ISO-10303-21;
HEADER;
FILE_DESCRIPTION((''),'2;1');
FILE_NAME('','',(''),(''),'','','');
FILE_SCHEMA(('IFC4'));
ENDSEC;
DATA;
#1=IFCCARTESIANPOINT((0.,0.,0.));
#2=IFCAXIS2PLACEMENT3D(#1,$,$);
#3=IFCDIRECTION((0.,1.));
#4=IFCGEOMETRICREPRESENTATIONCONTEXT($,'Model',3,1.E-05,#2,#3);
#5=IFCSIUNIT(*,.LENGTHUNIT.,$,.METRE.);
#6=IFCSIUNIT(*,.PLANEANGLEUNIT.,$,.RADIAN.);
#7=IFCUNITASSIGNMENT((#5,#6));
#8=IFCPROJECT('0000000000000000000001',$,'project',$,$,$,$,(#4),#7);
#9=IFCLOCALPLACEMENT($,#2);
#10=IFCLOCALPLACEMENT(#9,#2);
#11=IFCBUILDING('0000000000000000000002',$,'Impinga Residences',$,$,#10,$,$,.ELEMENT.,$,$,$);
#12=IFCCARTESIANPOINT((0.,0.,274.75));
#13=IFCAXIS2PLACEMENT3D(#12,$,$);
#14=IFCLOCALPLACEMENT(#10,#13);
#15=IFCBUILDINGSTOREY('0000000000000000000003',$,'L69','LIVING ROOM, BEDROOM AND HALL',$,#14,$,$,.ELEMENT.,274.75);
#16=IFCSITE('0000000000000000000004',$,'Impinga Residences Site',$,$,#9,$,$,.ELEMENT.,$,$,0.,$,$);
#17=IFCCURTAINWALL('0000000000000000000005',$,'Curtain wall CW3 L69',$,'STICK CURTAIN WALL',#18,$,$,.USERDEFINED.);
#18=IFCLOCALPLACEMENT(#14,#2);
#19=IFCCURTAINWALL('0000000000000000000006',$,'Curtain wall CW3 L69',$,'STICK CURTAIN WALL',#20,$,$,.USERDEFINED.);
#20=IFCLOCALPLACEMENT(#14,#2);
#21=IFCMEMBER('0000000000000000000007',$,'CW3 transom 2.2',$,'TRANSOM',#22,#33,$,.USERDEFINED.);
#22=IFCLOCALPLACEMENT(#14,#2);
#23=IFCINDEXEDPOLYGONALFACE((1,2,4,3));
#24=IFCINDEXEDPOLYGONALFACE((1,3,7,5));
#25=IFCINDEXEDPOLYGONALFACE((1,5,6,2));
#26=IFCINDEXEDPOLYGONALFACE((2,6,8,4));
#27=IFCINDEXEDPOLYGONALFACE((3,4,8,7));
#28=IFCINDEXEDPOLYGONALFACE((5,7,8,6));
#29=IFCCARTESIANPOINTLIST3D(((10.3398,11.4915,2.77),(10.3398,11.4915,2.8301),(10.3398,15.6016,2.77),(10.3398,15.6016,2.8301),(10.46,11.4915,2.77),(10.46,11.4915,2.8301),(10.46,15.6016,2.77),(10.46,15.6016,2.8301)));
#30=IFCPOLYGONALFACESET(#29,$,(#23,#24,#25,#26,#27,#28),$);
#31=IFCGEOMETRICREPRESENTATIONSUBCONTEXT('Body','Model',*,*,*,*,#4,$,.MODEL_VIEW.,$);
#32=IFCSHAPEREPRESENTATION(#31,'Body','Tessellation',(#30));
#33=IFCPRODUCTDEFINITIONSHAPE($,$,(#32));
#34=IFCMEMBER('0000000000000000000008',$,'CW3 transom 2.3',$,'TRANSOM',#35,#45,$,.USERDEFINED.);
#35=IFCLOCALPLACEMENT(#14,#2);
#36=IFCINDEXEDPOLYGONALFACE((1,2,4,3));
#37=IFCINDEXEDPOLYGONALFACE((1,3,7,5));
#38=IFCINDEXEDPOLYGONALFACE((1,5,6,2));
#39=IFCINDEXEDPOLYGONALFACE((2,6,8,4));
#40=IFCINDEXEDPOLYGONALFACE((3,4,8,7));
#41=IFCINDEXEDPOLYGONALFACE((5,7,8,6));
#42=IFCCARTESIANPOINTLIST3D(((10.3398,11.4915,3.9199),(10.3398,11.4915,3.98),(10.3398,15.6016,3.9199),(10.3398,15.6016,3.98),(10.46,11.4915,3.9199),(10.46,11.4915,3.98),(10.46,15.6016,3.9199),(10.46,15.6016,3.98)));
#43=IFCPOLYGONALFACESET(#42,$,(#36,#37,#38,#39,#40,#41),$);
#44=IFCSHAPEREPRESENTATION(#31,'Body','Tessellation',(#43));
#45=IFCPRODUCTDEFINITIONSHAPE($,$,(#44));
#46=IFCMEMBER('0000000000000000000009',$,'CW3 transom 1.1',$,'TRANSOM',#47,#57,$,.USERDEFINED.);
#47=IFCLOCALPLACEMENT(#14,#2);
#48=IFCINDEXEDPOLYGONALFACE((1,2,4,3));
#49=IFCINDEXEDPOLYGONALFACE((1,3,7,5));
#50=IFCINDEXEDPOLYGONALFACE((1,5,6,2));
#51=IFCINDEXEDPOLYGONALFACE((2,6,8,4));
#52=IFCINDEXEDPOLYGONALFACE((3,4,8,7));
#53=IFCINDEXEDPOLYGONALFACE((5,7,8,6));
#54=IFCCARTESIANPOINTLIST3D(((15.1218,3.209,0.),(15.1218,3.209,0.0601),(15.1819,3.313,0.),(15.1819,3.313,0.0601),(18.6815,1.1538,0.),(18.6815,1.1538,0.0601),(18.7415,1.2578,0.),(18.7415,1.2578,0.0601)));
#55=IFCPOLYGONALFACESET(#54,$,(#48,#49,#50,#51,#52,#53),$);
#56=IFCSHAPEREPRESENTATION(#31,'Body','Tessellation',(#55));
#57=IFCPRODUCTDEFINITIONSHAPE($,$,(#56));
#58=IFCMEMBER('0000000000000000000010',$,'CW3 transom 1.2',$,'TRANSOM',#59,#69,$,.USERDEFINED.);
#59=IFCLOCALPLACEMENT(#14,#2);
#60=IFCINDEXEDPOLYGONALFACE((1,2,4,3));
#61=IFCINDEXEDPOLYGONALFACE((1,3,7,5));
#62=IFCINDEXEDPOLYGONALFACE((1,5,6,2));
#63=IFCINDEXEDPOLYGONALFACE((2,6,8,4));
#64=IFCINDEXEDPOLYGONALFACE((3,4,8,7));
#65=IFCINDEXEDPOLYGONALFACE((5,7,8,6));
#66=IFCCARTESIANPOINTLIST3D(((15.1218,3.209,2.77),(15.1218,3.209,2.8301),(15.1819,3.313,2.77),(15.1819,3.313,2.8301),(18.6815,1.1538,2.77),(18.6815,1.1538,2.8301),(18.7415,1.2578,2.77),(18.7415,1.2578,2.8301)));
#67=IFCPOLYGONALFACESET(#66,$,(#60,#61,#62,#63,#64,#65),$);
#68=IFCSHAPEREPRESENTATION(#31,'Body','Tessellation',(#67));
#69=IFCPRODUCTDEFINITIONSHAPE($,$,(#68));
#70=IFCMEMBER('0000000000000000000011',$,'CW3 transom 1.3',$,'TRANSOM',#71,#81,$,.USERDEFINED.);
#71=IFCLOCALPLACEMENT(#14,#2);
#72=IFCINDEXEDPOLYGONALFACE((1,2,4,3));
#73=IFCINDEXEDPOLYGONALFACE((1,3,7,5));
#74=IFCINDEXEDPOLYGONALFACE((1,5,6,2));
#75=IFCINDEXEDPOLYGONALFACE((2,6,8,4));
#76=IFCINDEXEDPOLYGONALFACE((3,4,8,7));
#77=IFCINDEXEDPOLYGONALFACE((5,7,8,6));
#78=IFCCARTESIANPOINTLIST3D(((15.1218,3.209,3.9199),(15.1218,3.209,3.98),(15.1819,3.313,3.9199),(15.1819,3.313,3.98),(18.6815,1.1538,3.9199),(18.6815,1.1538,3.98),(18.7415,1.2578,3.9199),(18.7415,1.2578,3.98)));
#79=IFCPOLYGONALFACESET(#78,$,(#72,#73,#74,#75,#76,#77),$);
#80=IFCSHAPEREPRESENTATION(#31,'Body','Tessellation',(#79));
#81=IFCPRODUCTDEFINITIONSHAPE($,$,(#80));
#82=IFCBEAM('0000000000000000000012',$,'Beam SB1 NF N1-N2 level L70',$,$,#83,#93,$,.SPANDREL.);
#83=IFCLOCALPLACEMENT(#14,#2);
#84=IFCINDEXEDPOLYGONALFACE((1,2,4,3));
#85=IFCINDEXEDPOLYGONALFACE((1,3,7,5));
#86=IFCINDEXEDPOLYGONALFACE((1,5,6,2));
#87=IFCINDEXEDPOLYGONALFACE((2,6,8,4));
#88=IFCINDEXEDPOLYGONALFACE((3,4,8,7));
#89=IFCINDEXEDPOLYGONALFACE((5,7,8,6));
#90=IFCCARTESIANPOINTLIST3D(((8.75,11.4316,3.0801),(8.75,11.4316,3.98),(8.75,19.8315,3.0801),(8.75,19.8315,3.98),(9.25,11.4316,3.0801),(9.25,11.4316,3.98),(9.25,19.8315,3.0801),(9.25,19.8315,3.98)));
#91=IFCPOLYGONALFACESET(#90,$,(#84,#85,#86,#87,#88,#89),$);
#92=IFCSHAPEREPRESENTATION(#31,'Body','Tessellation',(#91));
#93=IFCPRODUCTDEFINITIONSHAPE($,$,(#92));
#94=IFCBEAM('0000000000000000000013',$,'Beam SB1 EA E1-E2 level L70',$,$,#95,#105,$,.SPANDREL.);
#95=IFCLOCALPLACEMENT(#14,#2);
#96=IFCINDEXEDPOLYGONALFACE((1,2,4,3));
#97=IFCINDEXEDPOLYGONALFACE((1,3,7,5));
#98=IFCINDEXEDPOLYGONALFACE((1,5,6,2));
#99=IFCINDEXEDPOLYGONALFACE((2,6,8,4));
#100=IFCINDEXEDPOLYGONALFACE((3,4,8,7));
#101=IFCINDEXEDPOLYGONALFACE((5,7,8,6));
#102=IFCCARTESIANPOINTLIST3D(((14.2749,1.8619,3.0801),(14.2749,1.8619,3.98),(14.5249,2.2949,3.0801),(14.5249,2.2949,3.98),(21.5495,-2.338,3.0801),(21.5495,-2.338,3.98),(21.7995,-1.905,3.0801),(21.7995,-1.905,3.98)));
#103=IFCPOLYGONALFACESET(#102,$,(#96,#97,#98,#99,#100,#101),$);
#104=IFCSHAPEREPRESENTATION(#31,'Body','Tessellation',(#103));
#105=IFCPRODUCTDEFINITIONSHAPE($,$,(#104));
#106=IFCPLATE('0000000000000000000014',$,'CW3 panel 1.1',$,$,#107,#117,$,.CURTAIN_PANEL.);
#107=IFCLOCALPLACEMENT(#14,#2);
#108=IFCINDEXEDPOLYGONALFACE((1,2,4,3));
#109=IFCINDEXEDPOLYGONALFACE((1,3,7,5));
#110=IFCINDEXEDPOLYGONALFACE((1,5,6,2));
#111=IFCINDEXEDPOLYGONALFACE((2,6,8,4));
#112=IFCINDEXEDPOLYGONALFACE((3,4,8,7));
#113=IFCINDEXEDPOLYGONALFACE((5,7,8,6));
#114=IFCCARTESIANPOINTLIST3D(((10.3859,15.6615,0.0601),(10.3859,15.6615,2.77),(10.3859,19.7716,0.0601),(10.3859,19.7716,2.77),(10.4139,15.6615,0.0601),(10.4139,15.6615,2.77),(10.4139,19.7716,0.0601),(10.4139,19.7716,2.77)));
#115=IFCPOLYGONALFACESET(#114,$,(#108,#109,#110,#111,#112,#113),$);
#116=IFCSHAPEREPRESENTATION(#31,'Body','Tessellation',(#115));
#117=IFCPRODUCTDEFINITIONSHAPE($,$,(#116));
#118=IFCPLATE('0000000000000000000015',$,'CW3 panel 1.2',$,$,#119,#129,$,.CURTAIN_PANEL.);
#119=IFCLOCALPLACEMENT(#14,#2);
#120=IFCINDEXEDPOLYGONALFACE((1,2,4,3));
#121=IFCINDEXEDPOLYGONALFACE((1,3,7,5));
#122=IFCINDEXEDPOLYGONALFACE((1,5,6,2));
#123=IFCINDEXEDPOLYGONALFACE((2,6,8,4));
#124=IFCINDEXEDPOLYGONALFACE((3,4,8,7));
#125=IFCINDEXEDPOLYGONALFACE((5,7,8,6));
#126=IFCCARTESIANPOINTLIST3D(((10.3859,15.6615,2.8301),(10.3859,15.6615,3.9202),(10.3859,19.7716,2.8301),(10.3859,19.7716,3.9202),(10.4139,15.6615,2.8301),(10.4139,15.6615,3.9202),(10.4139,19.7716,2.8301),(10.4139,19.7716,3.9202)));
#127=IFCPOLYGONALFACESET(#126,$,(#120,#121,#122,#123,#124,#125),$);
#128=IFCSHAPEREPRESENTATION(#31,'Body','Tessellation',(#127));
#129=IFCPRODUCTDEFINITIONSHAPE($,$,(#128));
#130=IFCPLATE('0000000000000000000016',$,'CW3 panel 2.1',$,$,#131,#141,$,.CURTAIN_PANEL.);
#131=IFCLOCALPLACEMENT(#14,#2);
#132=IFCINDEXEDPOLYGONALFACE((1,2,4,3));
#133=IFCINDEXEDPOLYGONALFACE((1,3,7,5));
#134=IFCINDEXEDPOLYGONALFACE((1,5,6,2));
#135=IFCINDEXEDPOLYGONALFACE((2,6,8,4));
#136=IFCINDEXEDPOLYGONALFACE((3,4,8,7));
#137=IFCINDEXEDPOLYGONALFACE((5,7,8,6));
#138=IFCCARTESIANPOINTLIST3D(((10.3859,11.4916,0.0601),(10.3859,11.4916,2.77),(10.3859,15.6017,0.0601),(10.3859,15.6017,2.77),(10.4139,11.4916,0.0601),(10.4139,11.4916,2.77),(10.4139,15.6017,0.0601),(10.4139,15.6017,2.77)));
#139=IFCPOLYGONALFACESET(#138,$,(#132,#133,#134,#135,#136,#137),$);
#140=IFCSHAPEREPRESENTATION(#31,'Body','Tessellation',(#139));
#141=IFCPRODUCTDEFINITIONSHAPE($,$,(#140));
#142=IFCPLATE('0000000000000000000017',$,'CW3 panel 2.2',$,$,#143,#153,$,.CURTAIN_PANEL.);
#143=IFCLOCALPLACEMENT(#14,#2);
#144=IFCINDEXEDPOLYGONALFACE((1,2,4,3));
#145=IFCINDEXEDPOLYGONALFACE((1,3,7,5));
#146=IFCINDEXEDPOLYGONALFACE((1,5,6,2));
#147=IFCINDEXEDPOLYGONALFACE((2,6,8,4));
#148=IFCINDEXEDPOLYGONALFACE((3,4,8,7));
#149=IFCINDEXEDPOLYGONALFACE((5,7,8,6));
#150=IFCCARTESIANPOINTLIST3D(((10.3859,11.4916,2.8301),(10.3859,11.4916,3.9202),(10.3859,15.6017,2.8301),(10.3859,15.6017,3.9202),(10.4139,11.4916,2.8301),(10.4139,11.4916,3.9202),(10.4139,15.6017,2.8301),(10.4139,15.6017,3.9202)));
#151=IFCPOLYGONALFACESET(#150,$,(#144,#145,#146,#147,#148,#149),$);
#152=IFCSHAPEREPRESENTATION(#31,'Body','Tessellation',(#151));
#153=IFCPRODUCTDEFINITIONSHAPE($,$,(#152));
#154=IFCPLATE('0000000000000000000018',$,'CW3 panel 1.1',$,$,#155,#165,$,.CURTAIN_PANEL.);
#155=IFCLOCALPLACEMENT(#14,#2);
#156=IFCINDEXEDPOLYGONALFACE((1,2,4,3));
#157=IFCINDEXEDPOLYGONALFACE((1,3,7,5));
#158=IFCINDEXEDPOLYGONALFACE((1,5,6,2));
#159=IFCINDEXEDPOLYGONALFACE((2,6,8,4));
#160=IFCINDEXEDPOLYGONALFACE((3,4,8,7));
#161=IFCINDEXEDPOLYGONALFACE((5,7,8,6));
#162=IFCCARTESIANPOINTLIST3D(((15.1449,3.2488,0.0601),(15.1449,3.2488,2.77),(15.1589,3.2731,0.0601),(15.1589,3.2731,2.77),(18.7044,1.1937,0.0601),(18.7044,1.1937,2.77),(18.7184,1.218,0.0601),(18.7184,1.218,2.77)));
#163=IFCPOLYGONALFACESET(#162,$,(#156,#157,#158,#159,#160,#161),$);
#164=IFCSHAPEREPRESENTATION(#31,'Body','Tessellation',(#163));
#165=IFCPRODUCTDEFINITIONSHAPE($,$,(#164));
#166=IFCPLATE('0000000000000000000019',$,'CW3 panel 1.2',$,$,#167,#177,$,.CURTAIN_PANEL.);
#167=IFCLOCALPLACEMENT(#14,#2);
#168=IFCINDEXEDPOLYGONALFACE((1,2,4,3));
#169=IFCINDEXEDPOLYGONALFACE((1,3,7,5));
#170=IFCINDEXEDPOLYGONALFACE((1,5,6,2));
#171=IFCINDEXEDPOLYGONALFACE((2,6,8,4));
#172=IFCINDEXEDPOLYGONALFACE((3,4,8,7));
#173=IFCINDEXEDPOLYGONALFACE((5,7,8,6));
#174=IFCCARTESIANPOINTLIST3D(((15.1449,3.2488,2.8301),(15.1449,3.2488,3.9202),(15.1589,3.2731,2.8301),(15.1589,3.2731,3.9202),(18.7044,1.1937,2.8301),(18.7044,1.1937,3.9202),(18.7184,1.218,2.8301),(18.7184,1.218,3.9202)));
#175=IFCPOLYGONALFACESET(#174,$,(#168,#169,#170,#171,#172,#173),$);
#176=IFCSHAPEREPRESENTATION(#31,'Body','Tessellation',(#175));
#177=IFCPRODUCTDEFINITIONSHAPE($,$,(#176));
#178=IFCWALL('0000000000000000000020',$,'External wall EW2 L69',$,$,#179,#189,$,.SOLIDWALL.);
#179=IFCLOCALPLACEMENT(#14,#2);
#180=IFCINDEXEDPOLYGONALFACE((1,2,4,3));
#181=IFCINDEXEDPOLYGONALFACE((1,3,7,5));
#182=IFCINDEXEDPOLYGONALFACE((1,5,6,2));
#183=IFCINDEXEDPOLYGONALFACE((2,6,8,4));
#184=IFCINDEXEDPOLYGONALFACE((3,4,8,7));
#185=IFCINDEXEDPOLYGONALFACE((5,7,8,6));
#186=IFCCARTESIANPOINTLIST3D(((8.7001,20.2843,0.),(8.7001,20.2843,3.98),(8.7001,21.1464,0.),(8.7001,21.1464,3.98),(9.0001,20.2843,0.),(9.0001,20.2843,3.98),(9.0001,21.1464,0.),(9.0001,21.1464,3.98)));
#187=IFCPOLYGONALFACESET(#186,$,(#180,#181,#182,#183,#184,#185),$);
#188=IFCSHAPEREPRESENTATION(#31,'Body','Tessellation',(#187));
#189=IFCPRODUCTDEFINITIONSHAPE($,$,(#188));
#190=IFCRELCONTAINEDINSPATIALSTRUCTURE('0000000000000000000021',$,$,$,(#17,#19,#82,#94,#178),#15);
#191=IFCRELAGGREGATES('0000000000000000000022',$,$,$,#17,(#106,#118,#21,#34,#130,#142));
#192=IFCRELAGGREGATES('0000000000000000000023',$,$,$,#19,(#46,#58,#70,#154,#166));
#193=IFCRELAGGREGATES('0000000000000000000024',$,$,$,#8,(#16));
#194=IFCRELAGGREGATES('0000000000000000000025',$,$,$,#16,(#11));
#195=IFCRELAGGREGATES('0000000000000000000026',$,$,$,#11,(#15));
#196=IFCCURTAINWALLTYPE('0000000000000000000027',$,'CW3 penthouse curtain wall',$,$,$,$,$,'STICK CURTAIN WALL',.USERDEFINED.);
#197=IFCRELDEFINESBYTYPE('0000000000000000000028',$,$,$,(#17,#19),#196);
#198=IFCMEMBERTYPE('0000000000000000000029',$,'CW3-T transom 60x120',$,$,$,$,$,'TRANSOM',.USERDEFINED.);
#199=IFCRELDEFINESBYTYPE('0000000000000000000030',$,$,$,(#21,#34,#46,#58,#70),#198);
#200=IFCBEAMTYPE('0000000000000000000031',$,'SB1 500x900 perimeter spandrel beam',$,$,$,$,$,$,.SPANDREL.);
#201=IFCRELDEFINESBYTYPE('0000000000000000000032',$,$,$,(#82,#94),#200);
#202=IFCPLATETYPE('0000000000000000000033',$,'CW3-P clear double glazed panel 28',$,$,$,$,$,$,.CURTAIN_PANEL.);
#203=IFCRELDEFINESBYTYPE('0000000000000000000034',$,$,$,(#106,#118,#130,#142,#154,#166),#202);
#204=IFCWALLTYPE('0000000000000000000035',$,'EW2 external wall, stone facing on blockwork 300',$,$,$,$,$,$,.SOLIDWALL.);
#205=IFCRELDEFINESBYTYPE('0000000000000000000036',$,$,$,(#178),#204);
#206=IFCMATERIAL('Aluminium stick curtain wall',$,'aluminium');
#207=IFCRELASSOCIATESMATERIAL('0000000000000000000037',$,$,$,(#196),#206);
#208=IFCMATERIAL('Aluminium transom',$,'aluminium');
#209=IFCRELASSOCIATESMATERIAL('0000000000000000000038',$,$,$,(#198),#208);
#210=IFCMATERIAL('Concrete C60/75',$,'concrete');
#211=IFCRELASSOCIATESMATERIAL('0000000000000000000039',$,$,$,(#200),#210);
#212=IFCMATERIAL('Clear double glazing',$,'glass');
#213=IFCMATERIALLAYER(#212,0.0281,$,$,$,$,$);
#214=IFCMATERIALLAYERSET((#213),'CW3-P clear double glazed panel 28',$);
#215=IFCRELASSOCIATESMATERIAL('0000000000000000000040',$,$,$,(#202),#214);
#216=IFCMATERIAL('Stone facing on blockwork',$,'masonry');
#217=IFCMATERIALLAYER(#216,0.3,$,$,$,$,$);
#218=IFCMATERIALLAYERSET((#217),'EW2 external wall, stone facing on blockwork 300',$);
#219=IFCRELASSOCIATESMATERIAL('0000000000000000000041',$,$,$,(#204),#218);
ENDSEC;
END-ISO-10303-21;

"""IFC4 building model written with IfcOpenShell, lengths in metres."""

from ifc_helpers import new_model, si_unit, direction, frame, frame_2d, origin, origin_2d, place, context, subcontext, project, spatial, rectangle, extrude, material, layer, layer_set, material_profile, profile_set, type_object, element, aggregate, save


model = new_model("IFC4")

# Units and contexts
model_context = context("Model", 3, precision=1e-05, world=origin(), true_north=direction((0.0, 1.0)))
body_context = subcontext(model_context, "Body", "Model", "MODEL_VIEW")
ifc_project = project(units=[si_unit("LENGTHUNIT", "METRE"), si_unit("PLANEANGLEUNIT", "RADIAN")], contexts=[model_context])

# Site, building, storey
site_placement = place(None, origin())
site = spatial("IfcSite", under=ifc_project, at=site_placement, Name="Impinga Residences Site", CompositionType="ELEMENT", RefElevation=0.0)
building_placement = place(site_placement, origin())
building = spatial("IfcBuilding", under=site, at=building_placement, Name="Impinga Residences", CompositionType="ELEMENT")
storey_placement = place(building_placement, frame((0.0, 0.0, 274.75)))
storey = spatial("IfcBuildingStorey", under=building, at=storey_placement, Name="L69", Description="LIVING ROOM, BEDROOM AND HALL", CompositionType="ELEMENT", Elevation=274.75)

# Shared definitions
ifc_material_1 = material(Name="Concrete C60/75", Category="concrete")

# Shared definitions
ifc_material_2 = material(Name="Aluminium stick curtain wall", Category="aluminium")
curtain_wall_type = type_object("IfcCurtainWallType", Name="CW3 penthouse curtain wall", ElementType="STICK CURTAIN WALL", PredefinedType="USERDEFINED", material=ifc_material_2)

# Curtain wall
curtain_wall_1_placement = place(storey_placement, origin())
curtain_wall_1 = element("IfcCurtainWall", 1, at=curtain_wall_1_placement, inside=storey, type_object=curtain_wall_type, Name="Curtain wall CW3 L69", ObjectType="STICK CURTAIN WALL", PredefinedType="USERDEFINED")

# Curtain wall
curtain_wall_2_placement = place(storey_placement, origin())
curtain_wall_2 = element("IfcCurtainWall", 2, at=curtain_wall_2_placement, inside=storey, type_object=curtain_wall_type, Name="Curtain wall CW3 L69", ObjectType="STICK CURTAIN WALL", PredefinedType="USERDEFINED")

# Members
ifc_material_3 = material(Name="Aluminium transom", Category="aluminium")
ifc_material_profile_1 = material_profile(ifc_material_3, rectangle(XDim=0.0601, YDim=0.1201, at=origin_2d()), Name="60x120 transom")
ifc_profile_set_1 = profile_set([ifc_material_profile_1], Name="Aluminium transom")
member_type_1 = type_object("IfcMemberType", Name="CW3-T transom 60x120", ElementType="TRANSOM", PredefinedType="USERDEFINED", material=ifc_profile_set_1)
member_1_placement = place(storey_placement, frame((10.3999, 15.6016, 2.8), z_axis=(0.0, -1.0, 0.0), x_axis=(0.0, 0.0, 1.0)))
member_1 = element("IfcMember", 3, at=member_1_placement, type_object=member_type_1, Name="CW3 transom 2.2", ObjectType="TRANSOM", PredefinedType="USERDEFINED", context=body_context, shape_type="SweptSolid", body=[
    extrude(rectangle(XDim=0.0601, YDim=0.1201, at=origin_2d()), origin(), (0.0, 0.0, 1.0), 4.1101),
])
member_2_placement = place(storey_placement, frame((10.3999, 15.6016, 3.95), z_axis=(0.0, -1.0, 0.0), x_axis=(0.0, 0.0, 1.0)))
member_2 = element("IfcMember", 4, at=member_2_placement, type_object=member_type_1, Name="CW3 transom 2.3", ObjectType="TRANSOM", PredefinedType="USERDEFINED", context=body_context, shape_type="SweptSolid", body=[
    extrude(rectangle(XDim=0.0601, YDim=0.1201, at=origin_2d()), origin(), (0.0, 0.0, 1.0), 4.1101),
])
member_3_placement = place(storey_placement, frame((15.1519, 3.261, 0.03), z_axis=(0.866019, -0.50001, 0.0), x_axis=(0.0, 0.0, 1.0)))
member_3 = element("IfcMember", 5, at=member_3_placement, type_object=member_type_1, Name="CW3 transom 1.1", ObjectType="TRANSOM", PredefinedType="USERDEFINED", context=body_context, shape_type="SweptSolid", body=[
    extrude(rectangle(XDim=0.0601, YDim=0.1201, at=origin_2d()), origin(), (0.0, 0.0, 1.0), 4.1104),
])
member_4_placement = place(storey_placement, frame((15.1519, 3.261, 2.8), z_axis=(0.866019, -0.50001, 0.0), x_axis=(0.0, 0.0, 1.0)))
member_4 = element("IfcMember", 6, at=member_4_placement, type_object=member_type_1, Name="CW3 transom 1.2", ObjectType="TRANSOM", PredefinedType="USERDEFINED", context=body_context, shape_type="SweptSolid", body=[
    extrude(rectangle(XDim=0.0601, YDim=0.1201, at=origin_2d()), origin(), (0.0, 0.0, 1.0), 4.1104),
])
member_5_placement = place(storey_placement, frame((15.1519, 3.261, 3.95), z_axis=(0.866019, -0.50001, 0.0), x_axis=(0.0, 0.0, 1.0)))
member_5 = element("IfcMember", 7, at=member_5_placement, type_object=member_type_1, Name="CW3 transom 1.3", ObjectType="TRANSOM", PredefinedType="USERDEFINED", context=body_context, shape_type="SweptSolid", body=[
    extrude(rectangle(XDim=0.0601, YDim=0.1201, at=origin_2d()), origin(), (0.0, 0.0, 1.0), 4.1104),
])

# Beams
ifc_material_profile_2 = material_profile(ifc_material_1, rectangle(XDim=0.5, YDim=0.8999, at=origin_2d()), Name="RC 500x900")
ifc_profile_set_2 = profile_set([ifc_material_profile_2], Name="Concrete C60/75")
beam_type_1 = type_object("IfcBeamType", Name="SB1 500x900 perimeter spandrel beam", PredefinedType="SPANDREL", material=ifc_profile_set_2)
for number, where, z_axis, x_axis, name in (
    (8, (9.0, 11.4316, 3.53), (0.0, 1.0, 0.0), (-1.0, 0.0, 0.0), "Beam SB1 NF N1-N2 level L70"),
    (9, (14.3999, 2.0784, 3.53), (0.866029, -0.499993, 0.0), (0.499993, 0.866029, 0.0), "Beam SB1 EA E1-E2 level L70"),
):
    element("IfcBeam", number, at=place(storey_placement, frame(where, z_axis=z_axis, x_axis=x_axis)), inside=storey, type_object=beam_type_1, Name=name, PredefinedType="SPANDREL", context=body_context, shape_type="SweptSolid", body=[
        extrude(rectangle(XDim=0.5, YDim=0.8999, at=origin_2d()), origin(), (0.0, 0.0, 1.0), 8.3999),
    ])

# Plates
ifc_material_4 = material(Name="Clear double glazing", Category="glass")
ifc_layer_1 = layer(ifc_material_4, 0.0281)
ifc_layer_set_1 = layer_set([ifc_layer_1], Name="CW3-P clear double glazed panel 28")
plate_type = type_object("IfcPlateType", Name="CW3-P clear double glazed panel 28", PredefinedType="CURTAIN_PANEL", material=ifc_layer_set_1)
plate_1_placement = place(storey_placement, frame((10.3999, 17.7166, 0.0601), z_axis=(0.0, 0.0, 1.0), x_axis=(0.0, -1.0, 0.0)))
plate_1 = element("IfcPlate", 10, at=plate_1_placement, type_object=plate_type, Name="CW3 panel 1.1", PredefinedType="CURTAIN_PANEL", context=body_context, shape_type="SweptSolid", body=[
    extrude(rectangle(XDim=4.1101, YDim=0.0281, at=origin_2d()), origin(), (0.0, 0.0, 1.0), 2.71),
])
plate_2_placement = place(storey_placement, frame((10.3999, 17.7166, 2.8301), z_axis=(0.0, 0.0, 1.0), x_axis=(0.0, -1.0, 0.0)))
plate_2 = element("IfcPlate", 11, at=plate_2_placement, type_object=plate_type, Name="CW3 panel 1.2", PredefinedType="CURTAIN_PANEL", context=body_context, shape_type="SweptSolid", body=[
    extrude(rectangle(XDim=4.1101, YDim=0.0281, at=origin_2d()), origin(), (0.0, 0.0, 1.0), 1.0901),
])
plate_3_placement = place(storey_placement, frame((10.3999, 13.5466, 0.0601), z_axis=(0.0, 0.0, 1.0), x_axis=(0.0, -1.0, 0.0)))
plate_3 = element("IfcPlate", 12, at=plate_3_placement, type_object=plate_type, Name="CW3 panel 2.1", PredefinedType="CURTAIN_PANEL", context=body_context, shape_type="SweptSolid", body=[
    extrude(rectangle(XDim=4.1101, YDim=0.0281, at=origin_2d()), origin(), (0.0, 0.0, 1.0), 2.71),
])
plate_4_placement = place(storey_placement, frame((10.3999, 13.5466, 2.8301), z_axis=(0.0, 0.0, 1.0), x_axis=(0.0, -1.0, 0.0)))
plate_4 = element("IfcPlate", 13, at=plate_4_placement, type_object=plate_type, Name="CW3 panel 2.2", PredefinedType="CURTAIN_PANEL", context=body_context, shape_type="SweptSolid", body=[
    extrude(rectangle(XDim=4.1101, YDim=0.0281, at=origin_2d()), origin(), (0.0, 0.0, 1.0), 1.0901),
])
aggregate(curtain_wall_1, [plate_1, plate_2, member_1, member_2, plate_3, plate_4])
plate_5_placement = place(storey_placement, frame((16.9316, 2.2334, 0.0601), z_axis=(0.0, 0.0, 1.0), x_axis=(0.866025, -0.5, 0.0)))
plate_5 = element("IfcPlate", 14, at=plate_5_placement, type_object=plate_type, Name="CW3 panel 1.1", PredefinedType="CURTAIN_PANEL", context=body_context, shape_type="SweptSolid", body=[
    extrude(rectangle(XDim=4.1101, YDim=0.0281, at=origin_2d()), origin(), (0.0, 0.0, 1.0), 2.71),
])
plate_6_placement = place(storey_placement, frame((16.9316, 2.2334, 2.8301), z_axis=(0.0, 0.0, 1.0), x_axis=(0.866025, -0.5, 0.0)))
plate_6 = element("IfcPlate", 15, at=plate_6_placement, type_object=plate_type, Name="CW3 panel 1.2", PredefinedType="CURTAIN_PANEL", context=body_context, shape_type="SweptSolid", body=[
    extrude(rectangle(XDim=4.1101, YDim=0.0281, at=origin_2d()), origin(), (0.0, 0.0, 1.0), 1.0901),
])
aggregate(curtain_wall_2, [member_3, member_4, member_5, plate_5, plate_6])

# Wall
ifc_material_5 = material(Name="Stone facing on blockwork", Category="masonry")
ifc_layer_2 = layer(ifc_material_5, 0.3)
ifc_layer_set_2 = layer_set([ifc_layer_2], Name="EW2 external wall, stone facing on blockwork 300")
wall_type = type_object("IfcWallType", Name="EW2 external wall, stone facing on blockwork 300", PredefinedType="SOLIDWALL", material=ifc_layer_set_2)
wall_1_placement = place(storey_placement, frame((8.8501, 21.1465, 0.0), z_axis=(0.0, 0.0, 1.0), x_axis=(0.0, -1.0, 0.0)))
element("IfcWall", 16, at=wall_1_placement, inside=storey, type_object=wall_type, Name="External wall EW2 L69", PredefinedType="SOLIDWALL", context=body_context, shape_type="SweptSolid", body=[
    extrude(rectangle(XDim=0.8621, YDim=0.3, at=frame_2d((0.4312, 0.0))), origin(), (0.0, 0.0, 1.0), 3.98),
])

save(model, "model.ifc")
